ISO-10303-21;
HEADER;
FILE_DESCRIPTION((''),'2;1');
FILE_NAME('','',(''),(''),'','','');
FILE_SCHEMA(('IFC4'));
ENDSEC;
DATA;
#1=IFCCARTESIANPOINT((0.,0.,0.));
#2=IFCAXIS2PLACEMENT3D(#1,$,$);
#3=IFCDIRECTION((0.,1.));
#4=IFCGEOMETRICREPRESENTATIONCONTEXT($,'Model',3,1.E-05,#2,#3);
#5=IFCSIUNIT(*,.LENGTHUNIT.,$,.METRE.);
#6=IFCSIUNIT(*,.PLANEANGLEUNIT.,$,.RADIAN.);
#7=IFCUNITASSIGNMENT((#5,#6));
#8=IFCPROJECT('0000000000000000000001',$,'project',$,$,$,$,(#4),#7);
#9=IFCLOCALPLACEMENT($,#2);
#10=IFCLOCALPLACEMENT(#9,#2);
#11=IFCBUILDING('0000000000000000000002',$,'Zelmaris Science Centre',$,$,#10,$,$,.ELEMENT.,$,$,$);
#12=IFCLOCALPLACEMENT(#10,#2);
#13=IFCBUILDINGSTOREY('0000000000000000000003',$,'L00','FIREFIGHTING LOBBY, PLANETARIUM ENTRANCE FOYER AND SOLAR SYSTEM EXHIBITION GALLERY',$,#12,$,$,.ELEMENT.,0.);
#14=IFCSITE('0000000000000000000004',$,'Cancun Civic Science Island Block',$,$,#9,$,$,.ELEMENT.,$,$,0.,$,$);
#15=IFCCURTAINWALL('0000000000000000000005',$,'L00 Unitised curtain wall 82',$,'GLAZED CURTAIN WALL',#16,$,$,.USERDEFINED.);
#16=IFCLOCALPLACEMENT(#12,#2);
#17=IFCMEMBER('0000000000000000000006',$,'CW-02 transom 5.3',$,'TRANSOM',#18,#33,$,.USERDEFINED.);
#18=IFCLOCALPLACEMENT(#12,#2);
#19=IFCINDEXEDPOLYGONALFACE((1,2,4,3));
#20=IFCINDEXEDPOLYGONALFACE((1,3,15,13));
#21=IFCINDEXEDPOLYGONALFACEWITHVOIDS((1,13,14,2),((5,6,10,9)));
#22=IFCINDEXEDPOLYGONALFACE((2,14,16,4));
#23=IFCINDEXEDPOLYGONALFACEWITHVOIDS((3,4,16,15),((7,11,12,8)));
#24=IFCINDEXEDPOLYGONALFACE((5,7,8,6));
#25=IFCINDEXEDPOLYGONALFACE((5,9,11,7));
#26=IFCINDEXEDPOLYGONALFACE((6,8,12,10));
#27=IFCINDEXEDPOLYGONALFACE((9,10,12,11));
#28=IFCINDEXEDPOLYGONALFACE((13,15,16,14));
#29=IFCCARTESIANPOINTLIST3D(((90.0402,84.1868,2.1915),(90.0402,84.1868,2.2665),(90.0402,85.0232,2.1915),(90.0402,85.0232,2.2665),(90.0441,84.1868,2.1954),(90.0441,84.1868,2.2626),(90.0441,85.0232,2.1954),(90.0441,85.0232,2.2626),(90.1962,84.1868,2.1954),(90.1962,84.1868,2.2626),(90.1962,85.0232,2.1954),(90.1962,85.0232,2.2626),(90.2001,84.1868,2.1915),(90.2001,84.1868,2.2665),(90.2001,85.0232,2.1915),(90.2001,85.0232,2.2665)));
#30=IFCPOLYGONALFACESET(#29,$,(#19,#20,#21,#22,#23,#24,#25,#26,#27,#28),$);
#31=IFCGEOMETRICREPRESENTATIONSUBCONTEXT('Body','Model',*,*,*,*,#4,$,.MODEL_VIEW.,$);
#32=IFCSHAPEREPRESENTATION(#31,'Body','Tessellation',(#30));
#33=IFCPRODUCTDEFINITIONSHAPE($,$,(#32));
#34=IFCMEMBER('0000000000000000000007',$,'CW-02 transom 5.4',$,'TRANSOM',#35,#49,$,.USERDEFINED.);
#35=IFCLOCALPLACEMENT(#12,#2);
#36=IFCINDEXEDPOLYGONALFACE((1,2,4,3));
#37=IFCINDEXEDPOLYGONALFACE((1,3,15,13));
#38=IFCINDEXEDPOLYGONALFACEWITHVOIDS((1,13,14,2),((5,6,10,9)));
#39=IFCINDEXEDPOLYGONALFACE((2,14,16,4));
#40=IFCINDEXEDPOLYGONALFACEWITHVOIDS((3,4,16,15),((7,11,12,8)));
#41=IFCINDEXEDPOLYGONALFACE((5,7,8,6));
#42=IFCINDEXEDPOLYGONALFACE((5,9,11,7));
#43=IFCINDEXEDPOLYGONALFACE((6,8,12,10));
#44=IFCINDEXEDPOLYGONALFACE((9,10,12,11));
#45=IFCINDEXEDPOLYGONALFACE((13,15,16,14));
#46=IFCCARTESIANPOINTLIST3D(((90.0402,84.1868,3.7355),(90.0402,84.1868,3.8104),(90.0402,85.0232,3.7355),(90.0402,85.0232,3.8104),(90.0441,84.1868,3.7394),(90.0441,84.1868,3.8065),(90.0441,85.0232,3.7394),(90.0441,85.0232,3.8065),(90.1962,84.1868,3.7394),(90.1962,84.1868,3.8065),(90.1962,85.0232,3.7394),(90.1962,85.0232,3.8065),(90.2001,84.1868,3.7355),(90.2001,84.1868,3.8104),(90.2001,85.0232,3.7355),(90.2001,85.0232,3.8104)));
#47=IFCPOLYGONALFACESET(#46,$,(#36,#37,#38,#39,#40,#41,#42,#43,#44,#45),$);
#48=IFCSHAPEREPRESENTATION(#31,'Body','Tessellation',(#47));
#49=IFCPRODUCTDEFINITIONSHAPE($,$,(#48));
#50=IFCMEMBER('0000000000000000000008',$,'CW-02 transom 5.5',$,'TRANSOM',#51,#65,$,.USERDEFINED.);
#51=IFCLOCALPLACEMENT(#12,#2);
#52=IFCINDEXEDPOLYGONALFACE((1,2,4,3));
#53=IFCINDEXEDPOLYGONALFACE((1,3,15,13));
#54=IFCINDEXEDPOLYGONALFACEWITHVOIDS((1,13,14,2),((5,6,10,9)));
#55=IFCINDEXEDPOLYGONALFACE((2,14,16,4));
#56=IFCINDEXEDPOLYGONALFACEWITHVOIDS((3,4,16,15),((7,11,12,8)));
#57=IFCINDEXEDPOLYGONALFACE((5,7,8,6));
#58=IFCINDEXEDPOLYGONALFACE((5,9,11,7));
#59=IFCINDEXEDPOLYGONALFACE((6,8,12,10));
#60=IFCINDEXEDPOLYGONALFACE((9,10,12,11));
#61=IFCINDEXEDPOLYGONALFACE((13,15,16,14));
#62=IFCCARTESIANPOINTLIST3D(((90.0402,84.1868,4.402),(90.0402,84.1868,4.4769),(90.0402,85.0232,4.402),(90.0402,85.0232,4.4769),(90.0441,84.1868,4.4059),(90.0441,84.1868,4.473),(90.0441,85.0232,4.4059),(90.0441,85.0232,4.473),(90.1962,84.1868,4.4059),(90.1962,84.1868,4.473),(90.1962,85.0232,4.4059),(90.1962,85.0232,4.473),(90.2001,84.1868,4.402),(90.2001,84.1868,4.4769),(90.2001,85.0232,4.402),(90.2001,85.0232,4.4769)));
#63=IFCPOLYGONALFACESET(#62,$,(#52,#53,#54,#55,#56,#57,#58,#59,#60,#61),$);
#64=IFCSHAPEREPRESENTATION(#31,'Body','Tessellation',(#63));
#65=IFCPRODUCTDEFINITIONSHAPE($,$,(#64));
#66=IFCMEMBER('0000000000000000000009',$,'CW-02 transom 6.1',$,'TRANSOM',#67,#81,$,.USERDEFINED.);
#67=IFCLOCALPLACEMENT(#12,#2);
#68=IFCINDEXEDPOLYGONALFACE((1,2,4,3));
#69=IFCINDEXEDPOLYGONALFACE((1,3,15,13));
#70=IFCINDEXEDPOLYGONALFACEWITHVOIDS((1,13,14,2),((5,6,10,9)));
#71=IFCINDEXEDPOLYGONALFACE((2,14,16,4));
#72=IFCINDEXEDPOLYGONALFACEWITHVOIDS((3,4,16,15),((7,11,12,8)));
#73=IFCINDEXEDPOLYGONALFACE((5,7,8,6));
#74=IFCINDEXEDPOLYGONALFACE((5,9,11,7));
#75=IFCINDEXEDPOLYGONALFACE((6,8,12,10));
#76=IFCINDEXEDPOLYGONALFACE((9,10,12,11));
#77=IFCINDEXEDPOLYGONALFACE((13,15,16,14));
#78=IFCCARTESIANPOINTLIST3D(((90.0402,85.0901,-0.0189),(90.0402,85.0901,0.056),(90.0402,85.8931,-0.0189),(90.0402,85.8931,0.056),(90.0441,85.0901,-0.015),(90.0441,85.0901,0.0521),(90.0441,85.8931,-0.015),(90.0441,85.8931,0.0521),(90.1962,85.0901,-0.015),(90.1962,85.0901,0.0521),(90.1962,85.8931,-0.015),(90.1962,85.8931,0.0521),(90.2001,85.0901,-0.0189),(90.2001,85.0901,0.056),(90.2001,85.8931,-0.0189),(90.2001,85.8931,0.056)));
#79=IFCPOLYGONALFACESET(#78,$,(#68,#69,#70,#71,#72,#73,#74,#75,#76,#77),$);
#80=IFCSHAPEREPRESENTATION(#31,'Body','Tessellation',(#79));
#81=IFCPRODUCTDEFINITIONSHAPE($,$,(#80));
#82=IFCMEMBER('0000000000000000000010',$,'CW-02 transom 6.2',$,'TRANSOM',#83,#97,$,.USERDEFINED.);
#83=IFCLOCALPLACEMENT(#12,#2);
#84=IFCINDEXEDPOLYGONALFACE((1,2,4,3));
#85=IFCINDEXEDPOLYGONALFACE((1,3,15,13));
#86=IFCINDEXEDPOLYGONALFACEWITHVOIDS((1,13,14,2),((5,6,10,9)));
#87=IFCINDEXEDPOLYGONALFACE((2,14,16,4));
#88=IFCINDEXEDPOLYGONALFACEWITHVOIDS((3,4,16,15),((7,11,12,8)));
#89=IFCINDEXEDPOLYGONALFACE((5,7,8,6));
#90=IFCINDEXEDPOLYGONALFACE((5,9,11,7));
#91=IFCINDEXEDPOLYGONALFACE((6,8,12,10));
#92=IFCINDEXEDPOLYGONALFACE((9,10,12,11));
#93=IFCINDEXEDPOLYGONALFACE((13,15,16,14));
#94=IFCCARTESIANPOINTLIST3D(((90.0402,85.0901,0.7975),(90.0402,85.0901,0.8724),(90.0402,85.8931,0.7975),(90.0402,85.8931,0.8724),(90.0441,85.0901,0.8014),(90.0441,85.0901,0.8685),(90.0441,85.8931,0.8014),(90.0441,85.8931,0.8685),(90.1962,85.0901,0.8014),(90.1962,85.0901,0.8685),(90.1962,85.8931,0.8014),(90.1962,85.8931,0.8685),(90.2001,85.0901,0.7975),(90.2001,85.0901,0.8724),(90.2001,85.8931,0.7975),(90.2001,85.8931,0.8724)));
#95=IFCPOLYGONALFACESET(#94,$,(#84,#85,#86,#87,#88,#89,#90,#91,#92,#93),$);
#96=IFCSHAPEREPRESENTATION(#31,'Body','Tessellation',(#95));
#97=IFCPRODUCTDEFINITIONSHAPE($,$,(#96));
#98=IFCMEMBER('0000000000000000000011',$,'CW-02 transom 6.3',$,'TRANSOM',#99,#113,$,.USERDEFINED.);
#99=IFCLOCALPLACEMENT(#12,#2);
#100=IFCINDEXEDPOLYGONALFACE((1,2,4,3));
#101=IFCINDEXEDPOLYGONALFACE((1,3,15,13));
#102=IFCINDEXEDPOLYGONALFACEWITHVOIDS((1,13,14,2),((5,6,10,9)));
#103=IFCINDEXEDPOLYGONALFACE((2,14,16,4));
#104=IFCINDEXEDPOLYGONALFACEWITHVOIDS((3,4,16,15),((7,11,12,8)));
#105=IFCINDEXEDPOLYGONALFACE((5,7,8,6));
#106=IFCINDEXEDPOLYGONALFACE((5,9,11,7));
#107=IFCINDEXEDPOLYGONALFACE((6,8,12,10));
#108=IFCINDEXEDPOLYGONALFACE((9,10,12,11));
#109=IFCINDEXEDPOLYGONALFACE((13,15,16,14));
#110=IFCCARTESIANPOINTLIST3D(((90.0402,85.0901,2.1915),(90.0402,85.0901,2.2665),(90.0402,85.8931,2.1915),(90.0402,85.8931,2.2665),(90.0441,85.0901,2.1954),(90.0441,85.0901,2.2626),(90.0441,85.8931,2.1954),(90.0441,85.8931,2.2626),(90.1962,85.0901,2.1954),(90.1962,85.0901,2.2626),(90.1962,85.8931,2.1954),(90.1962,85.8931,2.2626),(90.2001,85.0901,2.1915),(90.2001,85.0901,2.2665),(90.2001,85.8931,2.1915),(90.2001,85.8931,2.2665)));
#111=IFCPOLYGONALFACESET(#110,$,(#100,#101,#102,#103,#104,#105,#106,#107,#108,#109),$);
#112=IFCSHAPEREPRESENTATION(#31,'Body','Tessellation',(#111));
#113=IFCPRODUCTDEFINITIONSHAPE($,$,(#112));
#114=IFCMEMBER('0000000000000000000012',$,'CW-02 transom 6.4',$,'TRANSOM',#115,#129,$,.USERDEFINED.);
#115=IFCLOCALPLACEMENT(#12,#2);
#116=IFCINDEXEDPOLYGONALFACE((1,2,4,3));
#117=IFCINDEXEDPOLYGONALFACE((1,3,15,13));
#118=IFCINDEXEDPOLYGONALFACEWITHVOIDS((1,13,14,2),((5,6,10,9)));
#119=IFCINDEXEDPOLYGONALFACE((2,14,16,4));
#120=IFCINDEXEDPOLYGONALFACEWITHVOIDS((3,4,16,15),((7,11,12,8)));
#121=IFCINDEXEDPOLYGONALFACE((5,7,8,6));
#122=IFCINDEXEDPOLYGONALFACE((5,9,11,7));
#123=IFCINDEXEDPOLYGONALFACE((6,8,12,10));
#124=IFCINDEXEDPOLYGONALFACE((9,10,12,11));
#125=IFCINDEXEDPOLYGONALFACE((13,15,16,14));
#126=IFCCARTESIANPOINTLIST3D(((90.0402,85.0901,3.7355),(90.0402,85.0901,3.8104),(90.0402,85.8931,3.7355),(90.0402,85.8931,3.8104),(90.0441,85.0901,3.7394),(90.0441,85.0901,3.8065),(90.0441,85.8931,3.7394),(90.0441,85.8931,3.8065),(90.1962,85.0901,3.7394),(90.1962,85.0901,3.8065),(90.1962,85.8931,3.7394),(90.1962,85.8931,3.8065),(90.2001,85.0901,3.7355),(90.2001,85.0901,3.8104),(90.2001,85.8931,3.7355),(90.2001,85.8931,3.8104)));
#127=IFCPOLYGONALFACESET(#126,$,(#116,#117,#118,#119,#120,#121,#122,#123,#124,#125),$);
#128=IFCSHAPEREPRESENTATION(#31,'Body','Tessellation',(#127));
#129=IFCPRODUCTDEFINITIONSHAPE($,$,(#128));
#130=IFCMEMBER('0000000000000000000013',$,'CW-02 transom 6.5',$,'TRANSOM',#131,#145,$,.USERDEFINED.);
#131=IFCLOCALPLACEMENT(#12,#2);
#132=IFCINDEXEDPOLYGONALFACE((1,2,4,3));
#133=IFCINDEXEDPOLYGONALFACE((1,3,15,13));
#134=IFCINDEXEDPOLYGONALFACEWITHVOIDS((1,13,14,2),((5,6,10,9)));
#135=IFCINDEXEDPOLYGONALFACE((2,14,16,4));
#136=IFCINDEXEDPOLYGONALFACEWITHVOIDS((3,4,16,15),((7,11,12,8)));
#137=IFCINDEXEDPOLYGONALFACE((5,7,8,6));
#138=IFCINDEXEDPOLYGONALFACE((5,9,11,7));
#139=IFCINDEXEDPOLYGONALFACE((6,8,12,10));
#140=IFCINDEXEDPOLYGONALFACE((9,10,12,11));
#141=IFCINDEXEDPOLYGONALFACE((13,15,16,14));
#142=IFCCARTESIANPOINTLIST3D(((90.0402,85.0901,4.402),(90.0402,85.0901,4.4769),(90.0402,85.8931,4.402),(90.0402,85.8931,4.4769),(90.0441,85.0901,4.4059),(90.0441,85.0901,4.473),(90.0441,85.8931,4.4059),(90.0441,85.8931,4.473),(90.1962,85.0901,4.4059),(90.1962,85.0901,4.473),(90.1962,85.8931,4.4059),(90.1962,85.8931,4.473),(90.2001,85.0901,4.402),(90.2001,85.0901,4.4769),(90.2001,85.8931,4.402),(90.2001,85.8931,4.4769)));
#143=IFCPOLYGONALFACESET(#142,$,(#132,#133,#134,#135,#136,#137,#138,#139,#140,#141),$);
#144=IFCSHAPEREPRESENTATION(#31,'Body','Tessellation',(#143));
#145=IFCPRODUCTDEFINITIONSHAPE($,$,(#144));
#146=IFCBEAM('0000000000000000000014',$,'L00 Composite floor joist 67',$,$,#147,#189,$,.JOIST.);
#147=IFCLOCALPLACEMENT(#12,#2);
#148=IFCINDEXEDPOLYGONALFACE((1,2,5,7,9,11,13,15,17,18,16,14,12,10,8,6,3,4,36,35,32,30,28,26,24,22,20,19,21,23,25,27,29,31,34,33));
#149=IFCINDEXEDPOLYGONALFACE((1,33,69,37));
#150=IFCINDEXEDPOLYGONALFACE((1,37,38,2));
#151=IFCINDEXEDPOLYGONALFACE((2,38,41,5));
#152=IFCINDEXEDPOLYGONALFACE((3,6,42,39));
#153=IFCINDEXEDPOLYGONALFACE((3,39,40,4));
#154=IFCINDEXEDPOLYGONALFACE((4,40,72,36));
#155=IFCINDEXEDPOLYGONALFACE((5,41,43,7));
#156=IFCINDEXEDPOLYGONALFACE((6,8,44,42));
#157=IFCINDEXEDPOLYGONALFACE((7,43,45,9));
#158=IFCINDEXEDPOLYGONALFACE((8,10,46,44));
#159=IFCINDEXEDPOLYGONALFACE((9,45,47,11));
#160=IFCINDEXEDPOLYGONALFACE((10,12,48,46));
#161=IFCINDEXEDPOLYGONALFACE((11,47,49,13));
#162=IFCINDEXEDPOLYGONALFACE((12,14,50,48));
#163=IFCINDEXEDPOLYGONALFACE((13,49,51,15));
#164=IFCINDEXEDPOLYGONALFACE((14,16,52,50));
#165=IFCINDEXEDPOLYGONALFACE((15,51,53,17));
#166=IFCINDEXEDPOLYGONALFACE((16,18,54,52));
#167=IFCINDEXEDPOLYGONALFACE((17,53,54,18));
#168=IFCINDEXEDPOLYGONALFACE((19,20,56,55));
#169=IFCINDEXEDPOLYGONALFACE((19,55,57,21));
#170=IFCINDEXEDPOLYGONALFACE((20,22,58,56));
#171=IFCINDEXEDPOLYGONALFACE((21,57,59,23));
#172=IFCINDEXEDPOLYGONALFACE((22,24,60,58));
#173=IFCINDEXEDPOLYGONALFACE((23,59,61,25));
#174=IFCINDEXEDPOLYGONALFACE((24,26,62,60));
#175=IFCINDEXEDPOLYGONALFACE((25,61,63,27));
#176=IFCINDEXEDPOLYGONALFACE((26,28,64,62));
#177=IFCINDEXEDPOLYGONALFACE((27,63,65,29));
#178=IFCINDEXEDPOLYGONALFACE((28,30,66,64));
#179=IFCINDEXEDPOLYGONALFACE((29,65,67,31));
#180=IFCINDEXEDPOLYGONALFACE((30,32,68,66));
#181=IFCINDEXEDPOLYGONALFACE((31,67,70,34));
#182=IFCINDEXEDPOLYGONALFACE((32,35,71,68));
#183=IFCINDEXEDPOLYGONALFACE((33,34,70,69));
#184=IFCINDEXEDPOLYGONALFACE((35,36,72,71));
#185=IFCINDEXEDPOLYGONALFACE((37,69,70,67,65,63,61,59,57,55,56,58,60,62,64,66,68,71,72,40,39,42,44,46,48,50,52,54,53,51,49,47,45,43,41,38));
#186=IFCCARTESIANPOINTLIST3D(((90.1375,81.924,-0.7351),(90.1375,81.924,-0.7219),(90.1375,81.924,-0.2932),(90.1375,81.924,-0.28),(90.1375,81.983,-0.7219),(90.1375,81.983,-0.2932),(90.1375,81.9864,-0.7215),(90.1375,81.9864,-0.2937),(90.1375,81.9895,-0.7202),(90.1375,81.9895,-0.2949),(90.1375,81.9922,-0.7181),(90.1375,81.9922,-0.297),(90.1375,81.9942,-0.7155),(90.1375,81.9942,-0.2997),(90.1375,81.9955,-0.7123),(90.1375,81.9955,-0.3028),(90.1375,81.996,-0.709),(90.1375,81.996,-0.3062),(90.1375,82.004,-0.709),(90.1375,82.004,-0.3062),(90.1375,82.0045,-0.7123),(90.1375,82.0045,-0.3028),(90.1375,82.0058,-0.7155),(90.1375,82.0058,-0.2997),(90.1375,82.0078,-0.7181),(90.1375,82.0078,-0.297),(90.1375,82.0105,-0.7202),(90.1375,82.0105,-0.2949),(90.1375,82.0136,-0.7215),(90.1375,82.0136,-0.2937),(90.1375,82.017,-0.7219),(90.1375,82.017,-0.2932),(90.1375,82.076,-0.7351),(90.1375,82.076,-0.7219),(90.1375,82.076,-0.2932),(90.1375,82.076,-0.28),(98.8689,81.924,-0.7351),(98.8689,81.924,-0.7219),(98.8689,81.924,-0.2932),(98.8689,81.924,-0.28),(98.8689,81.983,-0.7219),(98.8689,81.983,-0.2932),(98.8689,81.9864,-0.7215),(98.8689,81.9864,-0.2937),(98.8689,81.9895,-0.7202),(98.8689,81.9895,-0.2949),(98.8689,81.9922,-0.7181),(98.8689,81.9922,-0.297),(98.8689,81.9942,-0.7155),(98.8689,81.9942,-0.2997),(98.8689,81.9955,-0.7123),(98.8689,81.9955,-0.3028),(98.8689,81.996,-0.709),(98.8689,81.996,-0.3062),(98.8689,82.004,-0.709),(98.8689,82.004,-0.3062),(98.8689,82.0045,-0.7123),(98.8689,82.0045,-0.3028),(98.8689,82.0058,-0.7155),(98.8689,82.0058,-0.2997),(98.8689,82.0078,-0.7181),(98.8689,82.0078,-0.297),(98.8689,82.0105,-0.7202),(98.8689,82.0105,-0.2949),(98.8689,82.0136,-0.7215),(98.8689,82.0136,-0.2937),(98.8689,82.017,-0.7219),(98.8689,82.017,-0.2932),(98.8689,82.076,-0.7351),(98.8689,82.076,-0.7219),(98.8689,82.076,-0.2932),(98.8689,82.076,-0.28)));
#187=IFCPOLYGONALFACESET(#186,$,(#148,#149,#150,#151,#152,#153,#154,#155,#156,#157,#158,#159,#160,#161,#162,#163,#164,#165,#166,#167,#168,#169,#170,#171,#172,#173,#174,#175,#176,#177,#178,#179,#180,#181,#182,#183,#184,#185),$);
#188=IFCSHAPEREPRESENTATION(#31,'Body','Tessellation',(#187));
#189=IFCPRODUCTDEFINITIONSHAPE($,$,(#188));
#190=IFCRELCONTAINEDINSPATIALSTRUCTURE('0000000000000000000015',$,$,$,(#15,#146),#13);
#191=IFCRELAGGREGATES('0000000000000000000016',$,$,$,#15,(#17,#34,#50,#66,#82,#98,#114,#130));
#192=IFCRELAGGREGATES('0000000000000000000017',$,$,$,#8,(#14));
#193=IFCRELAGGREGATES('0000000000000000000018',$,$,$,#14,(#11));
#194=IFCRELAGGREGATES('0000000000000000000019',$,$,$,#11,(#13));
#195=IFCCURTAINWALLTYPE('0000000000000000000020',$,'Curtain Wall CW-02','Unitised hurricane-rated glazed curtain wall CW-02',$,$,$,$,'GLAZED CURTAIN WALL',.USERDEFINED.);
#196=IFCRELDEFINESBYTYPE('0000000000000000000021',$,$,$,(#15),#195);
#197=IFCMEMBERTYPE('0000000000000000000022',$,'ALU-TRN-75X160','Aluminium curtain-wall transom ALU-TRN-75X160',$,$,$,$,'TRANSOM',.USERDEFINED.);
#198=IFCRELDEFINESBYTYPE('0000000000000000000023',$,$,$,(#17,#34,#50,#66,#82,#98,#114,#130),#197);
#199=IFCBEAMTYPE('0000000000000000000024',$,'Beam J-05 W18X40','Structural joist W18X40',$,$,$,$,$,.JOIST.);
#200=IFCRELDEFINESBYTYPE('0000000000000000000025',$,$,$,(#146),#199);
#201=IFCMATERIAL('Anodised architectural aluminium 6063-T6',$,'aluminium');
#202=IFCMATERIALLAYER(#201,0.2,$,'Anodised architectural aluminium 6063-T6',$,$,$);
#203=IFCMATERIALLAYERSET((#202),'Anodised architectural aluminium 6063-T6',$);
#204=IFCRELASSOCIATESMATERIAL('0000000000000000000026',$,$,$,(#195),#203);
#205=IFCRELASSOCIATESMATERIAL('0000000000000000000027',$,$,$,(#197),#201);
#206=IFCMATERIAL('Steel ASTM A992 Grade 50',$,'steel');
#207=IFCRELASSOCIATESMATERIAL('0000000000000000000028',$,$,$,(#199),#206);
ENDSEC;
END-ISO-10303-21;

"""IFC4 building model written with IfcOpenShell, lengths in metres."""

from ifc_helpers import new_model, si_unit, direction, frame, origin, origin_2d, place, context, subcontext, project, spatial, hollow_rectangle, i_section, extrude, material, layer, layer_set, material_profile, profile_set, type_object, element, aggregate, save


model = new_model("IFC4")

# Units and contexts
model_context = context("Model", 3, precision=1e-05, world=origin(), true_north=direction((0.0, 1.0)))
body_context = subcontext(model_context, "Body", "Model", "MODEL_VIEW")
ifc_project = project(units=[si_unit("LENGTHUNIT", "METRE"), si_unit("PLANEANGLEUNIT", "RADIAN")], contexts=[model_context])

# Site, building, storey
site_placement = place(None, origin())
site = spatial("IfcSite", under=ifc_project, at=site_placement, Name="Cancun Civic Science Island Block", CompositionType="ELEMENT", RefElevation=0.0)
building_placement = place(site_placement, origin())
building = spatial("IfcBuilding", under=site, at=building_placement, Name="Zelmaris Science Centre", CompositionType="ELEMENT")
storey_placement = place(building_placement, origin())
storey = spatial("IfcBuildingStorey", under=building, at=storey_placement, Name="L00", Description="FIREFIGHTING LOBBY, PLANETARIUM ENTRANCE FOYER AND SOLAR SYSTEM EXHIBITION GALLERY", CompositionType="ELEMENT", Elevation=0.0)

# Shared definitions
ifc_material_1 = material(Name="Anodised architectural aluminium 6063-T6", Category="aluminium")

# Curtain wall, members
ifc_layer_1 = layer(ifc_material_1, 0.2, Name="Anodised architectural aluminium 6063-T6")
ifc_layer_set_1 = layer_set([ifc_layer_1], Name="Anodised architectural aluminium 6063-T6")
curtain_wall_type_1 = type_object("IfcCurtainWallType", Name="Curtain Wall CW-02", Description="Unitised hurricane-rated glazed curtain wall CW-02", ElementType="GLAZED CURTAIN WALL", PredefinedType="USERDEFINED", material=ifc_layer_set_1)
curtain_wall_1_placement = place(storey_placement, origin())
curtain_wall_1 = element("IfcCurtainWall", 1, at=curtain_wall_1_placement, inside=storey, type_object=curtain_wall_type_1, Name="L00 Unitised curtain wall 82", ObjectType="GLAZED CURTAIN WALL", PredefinedType="USERDEFINED")
ifc_material_profile_1 = material_profile(ifc_material_1, hollow_rectangle(XDim=0.075, YDim=0.1599, WallThickness=0.0039, at=origin_2d()), Name="ALU-TRN-75X160")
ifc_profile_set_1 = profile_set([ifc_material_profile_1], Name="Anodised architectural aluminium 6063-T6")
member_type_1 = type_object("IfcMemberType", Name="ALU-TRN-75X160", Description="Aluminium curtain-wall transom ALU-TRN-75X160", ElementType="TRANSOM", PredefinedType="USERDEFINED", material=ifc_profile_set_1)
member_1_placement = place(storey_placement, frame((90.1201, 84.1868, 2.229), z_axis=(0.0, 1.0, 0.0), x_axis=(0.0, 0.0, 1.0)))
member_1 = element("IfcMember", 2, at=member_1_placement, type_object=member_type_1, Name="CW-02 transom 5.3", ObjectType="TRANSOM", PredefinedType="USERDEFINED", context=body_context, shape_type="SweptSolid", body=[
    extrude(hollow_rectangle(XDim=0.075, YDim=0.1599, WallThickness=0.0039, at=origin_2d()), origin(), (0.0, 0.0, 1.0), 0.8364),
])
member_2_placement = place(storey_placement, frame((90.1201, 84.1868, 3.7729), z_axis=(0.0, 1.0, 0.0), x_axis=(0.0, 0.0, 1.0)))
member_2 = element("IfcMember", 3, at=member_2_placement, type_object=member_type_1, Name="CW-02 transom 5.4", ObjectType="TRANSOM", PredefinedType="USERDEFINED", context=body_context, shape_type="SweptSolid", body=[
    extrude(hollow_rectangle(XDim=0.075, YDim=0.1599, WallThickness=0.0039, at=origin_2d()), origin(), (0.0, 0.0, 1.0), 0.8364),
])
member_3_placement = place(storey_placement, frame((90.1201, 84.1868, 4.4395), z_axis=(0.0, 1.0, 0.0), x_axis=(0.0, 0.0, 1.0)))
member_3 = element("IfcMember", 4, at=member_3_placement, type_object=member_type_1, Name="CW-02 transom 5.5", ObjectType="TRANSOM", PredefinedType="USERDEFINED", context=body_context, shape_type="SweptSolid", body=[
    extrude(hollow_rectangle(XDim=0.075, YDim=0.1599, WallThickness=0.0039, at=origin_2d()), origin(), (0.0, 0.0, 1.0), 0.8364),
])
member_4_placement = place(storey_placement, frame((90.1201, 85.0901, 0.0186), z_axis=(0.0, 1.0, 0.0), x_axis=(0.0, 0.0, 1.0)))
member_4 = element("IfcMember", 5, at=member_4_placement, type_object=member_type_1, Name="CW-02 transom 6.1", ObjectType="TRANSOM", PredefinedType="USERDEFINED", context=body_context, shape_type="SweptSolid", body=[
    extrude(hollow_rectangle(XDim=0.075, YDim=0.1599, WallThickness=0.0039, at=origin_2d()), origin(), (0.0, 0.0, 1.0), 0.803),
])
member_5_placement = place(storey_placement, frame((90.1201, 85.0901, 0.835), z_axis=(0.0, 1.0, 0.0), x_axis=(0.0, 0.0, 1.0)))
member_5 = element("IfcMember", 6, at=member_5_placement, type_object=member_type_1, Name="CW-02 transom 6.2", ObjectType="TRANSOM", PredefinedType="USERDEFINED", context=body_context, shape_type="SweptSolid", body=[
    extrude(hollow_rectangle(XDim=0.075, YDim=0.1599, WallThickness=0.0039, at=origin_2d()), origin(), (0.0, 0.0, 1.0), 0.803),
])
member_6_placement = place(storey_placement, frame((90.1201, 85.0901, 2.229), z_axis=(0.0, 1.0, 0.0), x_axis=(0.0, 0.0, 1.0)))
member_6 = element("IfcMember", 7, at=member_6_placement, type_object=member_type_1, Name="CW-02 transom 6.3", ObjectType="TRANSOM", PredefinedType="USERDEFINED", context=body_context, shape_type="SweptSolid", body=[
    extrude(hollow_rectangle(XDim=0.075, YDim=0.1599, WallThickness=0.0039, at=origin_2d()), origin(), (0.0, 0.0, 1.0), 0.803),
])
member_7_placement = place(storey_placement, frame((90.1201, 85.0901, 3.7729), z_axis=(0.0, 1.0, 0.0), x_axis=(0.0, 0.0, 1.0)))
member_7 = element("IfcMember", 8, at=member_7_placement, type_object=member_type_1, Name="CW-02 transom 6.4", ObjectType="TRANSOM", PredefinedType="USERDEFINED", context=body_context, shape_type="SweptSolid", body=[
    extrude(hollow_rectangle(XDim=0.075, YDim=0.1599, WallThickness=0.0039, at=origin_2d()), origin(), (0.0, 0.0, 1.0), 0.803),
])
member_8_placement = place(storey_placement, frame((90.1201, 85.0901, 4.4395), z_axis=(0.0, 1.0, 0.0), x_axis=(0.0, 0.0, 1.0)))
member_8 = element("IfcMember", 9, at=member_8_placement, type_object=member_type_1, Name="CW-02 transom 6.5", ObjectType="TRANSOM", PredefinedType="USERDEFINED", context=body_context, shape_type="SweptSolid", body=[
    extrude(hollow_rectangle(XDim=0.075, YDim=0.1599, WallThickness=0.0039, at=origin_2d()), origin(), (0.0, 0.0, 1.0), 0.803),
])

# Beam
ifc_material_2 = material(Name="Steel ASTM A992 Grade 50", Category="steel")
ifc_material_profile_2 = material_profile(ifc_material_2, i_section(OverallWidth=0.1521, OverallDepth=0.4551, WebThickness=0.0081, FlangeThickness=0.0132, FilletRadius=0.0129, at=origin_2d()), Name="W18X40")
ifc_profile_set_2 = profile_set([ifc_material_profile_2], Name="Steel ASTM A992 Grade 50")
beam_type_1 = type_object("IfcBeamType", Name="Beam J-05 W18X40", Description="Structural joist W18X40", PredefinedType="JOIST", material=ifc_profile_set_2)
beam_1_placement = place(storey_placement, frame((90.1375, 82.0, -0.5076), z_axis=(1.0, 0.0, 0.0), x_axis=(0.0, 1.0, 0.0)))
element("IfcBeam", 10, at=beam_1_placement, inside=storey, type_object=beam_type_1, Name="L00 Composite floor joist 67", PredefinedType="JOIST", context=body_context, shape_type="SweptSolid", body=[
    extrude(i_section(OverallWidth=0.1521, OverallDepth=0.4551, WebThickness=0.0081, FlangeThickness=0.0132, FilletRadius=0.0129, at=origin_2d()), origin(), (0.0, 0.0, 1.0), 8.7314),
])

aggregate(curtain_wall_1, [member_1, member_2, member_3, member_4, member_5, member_6, member_7, member_8])

save(model, "model.ifc")
